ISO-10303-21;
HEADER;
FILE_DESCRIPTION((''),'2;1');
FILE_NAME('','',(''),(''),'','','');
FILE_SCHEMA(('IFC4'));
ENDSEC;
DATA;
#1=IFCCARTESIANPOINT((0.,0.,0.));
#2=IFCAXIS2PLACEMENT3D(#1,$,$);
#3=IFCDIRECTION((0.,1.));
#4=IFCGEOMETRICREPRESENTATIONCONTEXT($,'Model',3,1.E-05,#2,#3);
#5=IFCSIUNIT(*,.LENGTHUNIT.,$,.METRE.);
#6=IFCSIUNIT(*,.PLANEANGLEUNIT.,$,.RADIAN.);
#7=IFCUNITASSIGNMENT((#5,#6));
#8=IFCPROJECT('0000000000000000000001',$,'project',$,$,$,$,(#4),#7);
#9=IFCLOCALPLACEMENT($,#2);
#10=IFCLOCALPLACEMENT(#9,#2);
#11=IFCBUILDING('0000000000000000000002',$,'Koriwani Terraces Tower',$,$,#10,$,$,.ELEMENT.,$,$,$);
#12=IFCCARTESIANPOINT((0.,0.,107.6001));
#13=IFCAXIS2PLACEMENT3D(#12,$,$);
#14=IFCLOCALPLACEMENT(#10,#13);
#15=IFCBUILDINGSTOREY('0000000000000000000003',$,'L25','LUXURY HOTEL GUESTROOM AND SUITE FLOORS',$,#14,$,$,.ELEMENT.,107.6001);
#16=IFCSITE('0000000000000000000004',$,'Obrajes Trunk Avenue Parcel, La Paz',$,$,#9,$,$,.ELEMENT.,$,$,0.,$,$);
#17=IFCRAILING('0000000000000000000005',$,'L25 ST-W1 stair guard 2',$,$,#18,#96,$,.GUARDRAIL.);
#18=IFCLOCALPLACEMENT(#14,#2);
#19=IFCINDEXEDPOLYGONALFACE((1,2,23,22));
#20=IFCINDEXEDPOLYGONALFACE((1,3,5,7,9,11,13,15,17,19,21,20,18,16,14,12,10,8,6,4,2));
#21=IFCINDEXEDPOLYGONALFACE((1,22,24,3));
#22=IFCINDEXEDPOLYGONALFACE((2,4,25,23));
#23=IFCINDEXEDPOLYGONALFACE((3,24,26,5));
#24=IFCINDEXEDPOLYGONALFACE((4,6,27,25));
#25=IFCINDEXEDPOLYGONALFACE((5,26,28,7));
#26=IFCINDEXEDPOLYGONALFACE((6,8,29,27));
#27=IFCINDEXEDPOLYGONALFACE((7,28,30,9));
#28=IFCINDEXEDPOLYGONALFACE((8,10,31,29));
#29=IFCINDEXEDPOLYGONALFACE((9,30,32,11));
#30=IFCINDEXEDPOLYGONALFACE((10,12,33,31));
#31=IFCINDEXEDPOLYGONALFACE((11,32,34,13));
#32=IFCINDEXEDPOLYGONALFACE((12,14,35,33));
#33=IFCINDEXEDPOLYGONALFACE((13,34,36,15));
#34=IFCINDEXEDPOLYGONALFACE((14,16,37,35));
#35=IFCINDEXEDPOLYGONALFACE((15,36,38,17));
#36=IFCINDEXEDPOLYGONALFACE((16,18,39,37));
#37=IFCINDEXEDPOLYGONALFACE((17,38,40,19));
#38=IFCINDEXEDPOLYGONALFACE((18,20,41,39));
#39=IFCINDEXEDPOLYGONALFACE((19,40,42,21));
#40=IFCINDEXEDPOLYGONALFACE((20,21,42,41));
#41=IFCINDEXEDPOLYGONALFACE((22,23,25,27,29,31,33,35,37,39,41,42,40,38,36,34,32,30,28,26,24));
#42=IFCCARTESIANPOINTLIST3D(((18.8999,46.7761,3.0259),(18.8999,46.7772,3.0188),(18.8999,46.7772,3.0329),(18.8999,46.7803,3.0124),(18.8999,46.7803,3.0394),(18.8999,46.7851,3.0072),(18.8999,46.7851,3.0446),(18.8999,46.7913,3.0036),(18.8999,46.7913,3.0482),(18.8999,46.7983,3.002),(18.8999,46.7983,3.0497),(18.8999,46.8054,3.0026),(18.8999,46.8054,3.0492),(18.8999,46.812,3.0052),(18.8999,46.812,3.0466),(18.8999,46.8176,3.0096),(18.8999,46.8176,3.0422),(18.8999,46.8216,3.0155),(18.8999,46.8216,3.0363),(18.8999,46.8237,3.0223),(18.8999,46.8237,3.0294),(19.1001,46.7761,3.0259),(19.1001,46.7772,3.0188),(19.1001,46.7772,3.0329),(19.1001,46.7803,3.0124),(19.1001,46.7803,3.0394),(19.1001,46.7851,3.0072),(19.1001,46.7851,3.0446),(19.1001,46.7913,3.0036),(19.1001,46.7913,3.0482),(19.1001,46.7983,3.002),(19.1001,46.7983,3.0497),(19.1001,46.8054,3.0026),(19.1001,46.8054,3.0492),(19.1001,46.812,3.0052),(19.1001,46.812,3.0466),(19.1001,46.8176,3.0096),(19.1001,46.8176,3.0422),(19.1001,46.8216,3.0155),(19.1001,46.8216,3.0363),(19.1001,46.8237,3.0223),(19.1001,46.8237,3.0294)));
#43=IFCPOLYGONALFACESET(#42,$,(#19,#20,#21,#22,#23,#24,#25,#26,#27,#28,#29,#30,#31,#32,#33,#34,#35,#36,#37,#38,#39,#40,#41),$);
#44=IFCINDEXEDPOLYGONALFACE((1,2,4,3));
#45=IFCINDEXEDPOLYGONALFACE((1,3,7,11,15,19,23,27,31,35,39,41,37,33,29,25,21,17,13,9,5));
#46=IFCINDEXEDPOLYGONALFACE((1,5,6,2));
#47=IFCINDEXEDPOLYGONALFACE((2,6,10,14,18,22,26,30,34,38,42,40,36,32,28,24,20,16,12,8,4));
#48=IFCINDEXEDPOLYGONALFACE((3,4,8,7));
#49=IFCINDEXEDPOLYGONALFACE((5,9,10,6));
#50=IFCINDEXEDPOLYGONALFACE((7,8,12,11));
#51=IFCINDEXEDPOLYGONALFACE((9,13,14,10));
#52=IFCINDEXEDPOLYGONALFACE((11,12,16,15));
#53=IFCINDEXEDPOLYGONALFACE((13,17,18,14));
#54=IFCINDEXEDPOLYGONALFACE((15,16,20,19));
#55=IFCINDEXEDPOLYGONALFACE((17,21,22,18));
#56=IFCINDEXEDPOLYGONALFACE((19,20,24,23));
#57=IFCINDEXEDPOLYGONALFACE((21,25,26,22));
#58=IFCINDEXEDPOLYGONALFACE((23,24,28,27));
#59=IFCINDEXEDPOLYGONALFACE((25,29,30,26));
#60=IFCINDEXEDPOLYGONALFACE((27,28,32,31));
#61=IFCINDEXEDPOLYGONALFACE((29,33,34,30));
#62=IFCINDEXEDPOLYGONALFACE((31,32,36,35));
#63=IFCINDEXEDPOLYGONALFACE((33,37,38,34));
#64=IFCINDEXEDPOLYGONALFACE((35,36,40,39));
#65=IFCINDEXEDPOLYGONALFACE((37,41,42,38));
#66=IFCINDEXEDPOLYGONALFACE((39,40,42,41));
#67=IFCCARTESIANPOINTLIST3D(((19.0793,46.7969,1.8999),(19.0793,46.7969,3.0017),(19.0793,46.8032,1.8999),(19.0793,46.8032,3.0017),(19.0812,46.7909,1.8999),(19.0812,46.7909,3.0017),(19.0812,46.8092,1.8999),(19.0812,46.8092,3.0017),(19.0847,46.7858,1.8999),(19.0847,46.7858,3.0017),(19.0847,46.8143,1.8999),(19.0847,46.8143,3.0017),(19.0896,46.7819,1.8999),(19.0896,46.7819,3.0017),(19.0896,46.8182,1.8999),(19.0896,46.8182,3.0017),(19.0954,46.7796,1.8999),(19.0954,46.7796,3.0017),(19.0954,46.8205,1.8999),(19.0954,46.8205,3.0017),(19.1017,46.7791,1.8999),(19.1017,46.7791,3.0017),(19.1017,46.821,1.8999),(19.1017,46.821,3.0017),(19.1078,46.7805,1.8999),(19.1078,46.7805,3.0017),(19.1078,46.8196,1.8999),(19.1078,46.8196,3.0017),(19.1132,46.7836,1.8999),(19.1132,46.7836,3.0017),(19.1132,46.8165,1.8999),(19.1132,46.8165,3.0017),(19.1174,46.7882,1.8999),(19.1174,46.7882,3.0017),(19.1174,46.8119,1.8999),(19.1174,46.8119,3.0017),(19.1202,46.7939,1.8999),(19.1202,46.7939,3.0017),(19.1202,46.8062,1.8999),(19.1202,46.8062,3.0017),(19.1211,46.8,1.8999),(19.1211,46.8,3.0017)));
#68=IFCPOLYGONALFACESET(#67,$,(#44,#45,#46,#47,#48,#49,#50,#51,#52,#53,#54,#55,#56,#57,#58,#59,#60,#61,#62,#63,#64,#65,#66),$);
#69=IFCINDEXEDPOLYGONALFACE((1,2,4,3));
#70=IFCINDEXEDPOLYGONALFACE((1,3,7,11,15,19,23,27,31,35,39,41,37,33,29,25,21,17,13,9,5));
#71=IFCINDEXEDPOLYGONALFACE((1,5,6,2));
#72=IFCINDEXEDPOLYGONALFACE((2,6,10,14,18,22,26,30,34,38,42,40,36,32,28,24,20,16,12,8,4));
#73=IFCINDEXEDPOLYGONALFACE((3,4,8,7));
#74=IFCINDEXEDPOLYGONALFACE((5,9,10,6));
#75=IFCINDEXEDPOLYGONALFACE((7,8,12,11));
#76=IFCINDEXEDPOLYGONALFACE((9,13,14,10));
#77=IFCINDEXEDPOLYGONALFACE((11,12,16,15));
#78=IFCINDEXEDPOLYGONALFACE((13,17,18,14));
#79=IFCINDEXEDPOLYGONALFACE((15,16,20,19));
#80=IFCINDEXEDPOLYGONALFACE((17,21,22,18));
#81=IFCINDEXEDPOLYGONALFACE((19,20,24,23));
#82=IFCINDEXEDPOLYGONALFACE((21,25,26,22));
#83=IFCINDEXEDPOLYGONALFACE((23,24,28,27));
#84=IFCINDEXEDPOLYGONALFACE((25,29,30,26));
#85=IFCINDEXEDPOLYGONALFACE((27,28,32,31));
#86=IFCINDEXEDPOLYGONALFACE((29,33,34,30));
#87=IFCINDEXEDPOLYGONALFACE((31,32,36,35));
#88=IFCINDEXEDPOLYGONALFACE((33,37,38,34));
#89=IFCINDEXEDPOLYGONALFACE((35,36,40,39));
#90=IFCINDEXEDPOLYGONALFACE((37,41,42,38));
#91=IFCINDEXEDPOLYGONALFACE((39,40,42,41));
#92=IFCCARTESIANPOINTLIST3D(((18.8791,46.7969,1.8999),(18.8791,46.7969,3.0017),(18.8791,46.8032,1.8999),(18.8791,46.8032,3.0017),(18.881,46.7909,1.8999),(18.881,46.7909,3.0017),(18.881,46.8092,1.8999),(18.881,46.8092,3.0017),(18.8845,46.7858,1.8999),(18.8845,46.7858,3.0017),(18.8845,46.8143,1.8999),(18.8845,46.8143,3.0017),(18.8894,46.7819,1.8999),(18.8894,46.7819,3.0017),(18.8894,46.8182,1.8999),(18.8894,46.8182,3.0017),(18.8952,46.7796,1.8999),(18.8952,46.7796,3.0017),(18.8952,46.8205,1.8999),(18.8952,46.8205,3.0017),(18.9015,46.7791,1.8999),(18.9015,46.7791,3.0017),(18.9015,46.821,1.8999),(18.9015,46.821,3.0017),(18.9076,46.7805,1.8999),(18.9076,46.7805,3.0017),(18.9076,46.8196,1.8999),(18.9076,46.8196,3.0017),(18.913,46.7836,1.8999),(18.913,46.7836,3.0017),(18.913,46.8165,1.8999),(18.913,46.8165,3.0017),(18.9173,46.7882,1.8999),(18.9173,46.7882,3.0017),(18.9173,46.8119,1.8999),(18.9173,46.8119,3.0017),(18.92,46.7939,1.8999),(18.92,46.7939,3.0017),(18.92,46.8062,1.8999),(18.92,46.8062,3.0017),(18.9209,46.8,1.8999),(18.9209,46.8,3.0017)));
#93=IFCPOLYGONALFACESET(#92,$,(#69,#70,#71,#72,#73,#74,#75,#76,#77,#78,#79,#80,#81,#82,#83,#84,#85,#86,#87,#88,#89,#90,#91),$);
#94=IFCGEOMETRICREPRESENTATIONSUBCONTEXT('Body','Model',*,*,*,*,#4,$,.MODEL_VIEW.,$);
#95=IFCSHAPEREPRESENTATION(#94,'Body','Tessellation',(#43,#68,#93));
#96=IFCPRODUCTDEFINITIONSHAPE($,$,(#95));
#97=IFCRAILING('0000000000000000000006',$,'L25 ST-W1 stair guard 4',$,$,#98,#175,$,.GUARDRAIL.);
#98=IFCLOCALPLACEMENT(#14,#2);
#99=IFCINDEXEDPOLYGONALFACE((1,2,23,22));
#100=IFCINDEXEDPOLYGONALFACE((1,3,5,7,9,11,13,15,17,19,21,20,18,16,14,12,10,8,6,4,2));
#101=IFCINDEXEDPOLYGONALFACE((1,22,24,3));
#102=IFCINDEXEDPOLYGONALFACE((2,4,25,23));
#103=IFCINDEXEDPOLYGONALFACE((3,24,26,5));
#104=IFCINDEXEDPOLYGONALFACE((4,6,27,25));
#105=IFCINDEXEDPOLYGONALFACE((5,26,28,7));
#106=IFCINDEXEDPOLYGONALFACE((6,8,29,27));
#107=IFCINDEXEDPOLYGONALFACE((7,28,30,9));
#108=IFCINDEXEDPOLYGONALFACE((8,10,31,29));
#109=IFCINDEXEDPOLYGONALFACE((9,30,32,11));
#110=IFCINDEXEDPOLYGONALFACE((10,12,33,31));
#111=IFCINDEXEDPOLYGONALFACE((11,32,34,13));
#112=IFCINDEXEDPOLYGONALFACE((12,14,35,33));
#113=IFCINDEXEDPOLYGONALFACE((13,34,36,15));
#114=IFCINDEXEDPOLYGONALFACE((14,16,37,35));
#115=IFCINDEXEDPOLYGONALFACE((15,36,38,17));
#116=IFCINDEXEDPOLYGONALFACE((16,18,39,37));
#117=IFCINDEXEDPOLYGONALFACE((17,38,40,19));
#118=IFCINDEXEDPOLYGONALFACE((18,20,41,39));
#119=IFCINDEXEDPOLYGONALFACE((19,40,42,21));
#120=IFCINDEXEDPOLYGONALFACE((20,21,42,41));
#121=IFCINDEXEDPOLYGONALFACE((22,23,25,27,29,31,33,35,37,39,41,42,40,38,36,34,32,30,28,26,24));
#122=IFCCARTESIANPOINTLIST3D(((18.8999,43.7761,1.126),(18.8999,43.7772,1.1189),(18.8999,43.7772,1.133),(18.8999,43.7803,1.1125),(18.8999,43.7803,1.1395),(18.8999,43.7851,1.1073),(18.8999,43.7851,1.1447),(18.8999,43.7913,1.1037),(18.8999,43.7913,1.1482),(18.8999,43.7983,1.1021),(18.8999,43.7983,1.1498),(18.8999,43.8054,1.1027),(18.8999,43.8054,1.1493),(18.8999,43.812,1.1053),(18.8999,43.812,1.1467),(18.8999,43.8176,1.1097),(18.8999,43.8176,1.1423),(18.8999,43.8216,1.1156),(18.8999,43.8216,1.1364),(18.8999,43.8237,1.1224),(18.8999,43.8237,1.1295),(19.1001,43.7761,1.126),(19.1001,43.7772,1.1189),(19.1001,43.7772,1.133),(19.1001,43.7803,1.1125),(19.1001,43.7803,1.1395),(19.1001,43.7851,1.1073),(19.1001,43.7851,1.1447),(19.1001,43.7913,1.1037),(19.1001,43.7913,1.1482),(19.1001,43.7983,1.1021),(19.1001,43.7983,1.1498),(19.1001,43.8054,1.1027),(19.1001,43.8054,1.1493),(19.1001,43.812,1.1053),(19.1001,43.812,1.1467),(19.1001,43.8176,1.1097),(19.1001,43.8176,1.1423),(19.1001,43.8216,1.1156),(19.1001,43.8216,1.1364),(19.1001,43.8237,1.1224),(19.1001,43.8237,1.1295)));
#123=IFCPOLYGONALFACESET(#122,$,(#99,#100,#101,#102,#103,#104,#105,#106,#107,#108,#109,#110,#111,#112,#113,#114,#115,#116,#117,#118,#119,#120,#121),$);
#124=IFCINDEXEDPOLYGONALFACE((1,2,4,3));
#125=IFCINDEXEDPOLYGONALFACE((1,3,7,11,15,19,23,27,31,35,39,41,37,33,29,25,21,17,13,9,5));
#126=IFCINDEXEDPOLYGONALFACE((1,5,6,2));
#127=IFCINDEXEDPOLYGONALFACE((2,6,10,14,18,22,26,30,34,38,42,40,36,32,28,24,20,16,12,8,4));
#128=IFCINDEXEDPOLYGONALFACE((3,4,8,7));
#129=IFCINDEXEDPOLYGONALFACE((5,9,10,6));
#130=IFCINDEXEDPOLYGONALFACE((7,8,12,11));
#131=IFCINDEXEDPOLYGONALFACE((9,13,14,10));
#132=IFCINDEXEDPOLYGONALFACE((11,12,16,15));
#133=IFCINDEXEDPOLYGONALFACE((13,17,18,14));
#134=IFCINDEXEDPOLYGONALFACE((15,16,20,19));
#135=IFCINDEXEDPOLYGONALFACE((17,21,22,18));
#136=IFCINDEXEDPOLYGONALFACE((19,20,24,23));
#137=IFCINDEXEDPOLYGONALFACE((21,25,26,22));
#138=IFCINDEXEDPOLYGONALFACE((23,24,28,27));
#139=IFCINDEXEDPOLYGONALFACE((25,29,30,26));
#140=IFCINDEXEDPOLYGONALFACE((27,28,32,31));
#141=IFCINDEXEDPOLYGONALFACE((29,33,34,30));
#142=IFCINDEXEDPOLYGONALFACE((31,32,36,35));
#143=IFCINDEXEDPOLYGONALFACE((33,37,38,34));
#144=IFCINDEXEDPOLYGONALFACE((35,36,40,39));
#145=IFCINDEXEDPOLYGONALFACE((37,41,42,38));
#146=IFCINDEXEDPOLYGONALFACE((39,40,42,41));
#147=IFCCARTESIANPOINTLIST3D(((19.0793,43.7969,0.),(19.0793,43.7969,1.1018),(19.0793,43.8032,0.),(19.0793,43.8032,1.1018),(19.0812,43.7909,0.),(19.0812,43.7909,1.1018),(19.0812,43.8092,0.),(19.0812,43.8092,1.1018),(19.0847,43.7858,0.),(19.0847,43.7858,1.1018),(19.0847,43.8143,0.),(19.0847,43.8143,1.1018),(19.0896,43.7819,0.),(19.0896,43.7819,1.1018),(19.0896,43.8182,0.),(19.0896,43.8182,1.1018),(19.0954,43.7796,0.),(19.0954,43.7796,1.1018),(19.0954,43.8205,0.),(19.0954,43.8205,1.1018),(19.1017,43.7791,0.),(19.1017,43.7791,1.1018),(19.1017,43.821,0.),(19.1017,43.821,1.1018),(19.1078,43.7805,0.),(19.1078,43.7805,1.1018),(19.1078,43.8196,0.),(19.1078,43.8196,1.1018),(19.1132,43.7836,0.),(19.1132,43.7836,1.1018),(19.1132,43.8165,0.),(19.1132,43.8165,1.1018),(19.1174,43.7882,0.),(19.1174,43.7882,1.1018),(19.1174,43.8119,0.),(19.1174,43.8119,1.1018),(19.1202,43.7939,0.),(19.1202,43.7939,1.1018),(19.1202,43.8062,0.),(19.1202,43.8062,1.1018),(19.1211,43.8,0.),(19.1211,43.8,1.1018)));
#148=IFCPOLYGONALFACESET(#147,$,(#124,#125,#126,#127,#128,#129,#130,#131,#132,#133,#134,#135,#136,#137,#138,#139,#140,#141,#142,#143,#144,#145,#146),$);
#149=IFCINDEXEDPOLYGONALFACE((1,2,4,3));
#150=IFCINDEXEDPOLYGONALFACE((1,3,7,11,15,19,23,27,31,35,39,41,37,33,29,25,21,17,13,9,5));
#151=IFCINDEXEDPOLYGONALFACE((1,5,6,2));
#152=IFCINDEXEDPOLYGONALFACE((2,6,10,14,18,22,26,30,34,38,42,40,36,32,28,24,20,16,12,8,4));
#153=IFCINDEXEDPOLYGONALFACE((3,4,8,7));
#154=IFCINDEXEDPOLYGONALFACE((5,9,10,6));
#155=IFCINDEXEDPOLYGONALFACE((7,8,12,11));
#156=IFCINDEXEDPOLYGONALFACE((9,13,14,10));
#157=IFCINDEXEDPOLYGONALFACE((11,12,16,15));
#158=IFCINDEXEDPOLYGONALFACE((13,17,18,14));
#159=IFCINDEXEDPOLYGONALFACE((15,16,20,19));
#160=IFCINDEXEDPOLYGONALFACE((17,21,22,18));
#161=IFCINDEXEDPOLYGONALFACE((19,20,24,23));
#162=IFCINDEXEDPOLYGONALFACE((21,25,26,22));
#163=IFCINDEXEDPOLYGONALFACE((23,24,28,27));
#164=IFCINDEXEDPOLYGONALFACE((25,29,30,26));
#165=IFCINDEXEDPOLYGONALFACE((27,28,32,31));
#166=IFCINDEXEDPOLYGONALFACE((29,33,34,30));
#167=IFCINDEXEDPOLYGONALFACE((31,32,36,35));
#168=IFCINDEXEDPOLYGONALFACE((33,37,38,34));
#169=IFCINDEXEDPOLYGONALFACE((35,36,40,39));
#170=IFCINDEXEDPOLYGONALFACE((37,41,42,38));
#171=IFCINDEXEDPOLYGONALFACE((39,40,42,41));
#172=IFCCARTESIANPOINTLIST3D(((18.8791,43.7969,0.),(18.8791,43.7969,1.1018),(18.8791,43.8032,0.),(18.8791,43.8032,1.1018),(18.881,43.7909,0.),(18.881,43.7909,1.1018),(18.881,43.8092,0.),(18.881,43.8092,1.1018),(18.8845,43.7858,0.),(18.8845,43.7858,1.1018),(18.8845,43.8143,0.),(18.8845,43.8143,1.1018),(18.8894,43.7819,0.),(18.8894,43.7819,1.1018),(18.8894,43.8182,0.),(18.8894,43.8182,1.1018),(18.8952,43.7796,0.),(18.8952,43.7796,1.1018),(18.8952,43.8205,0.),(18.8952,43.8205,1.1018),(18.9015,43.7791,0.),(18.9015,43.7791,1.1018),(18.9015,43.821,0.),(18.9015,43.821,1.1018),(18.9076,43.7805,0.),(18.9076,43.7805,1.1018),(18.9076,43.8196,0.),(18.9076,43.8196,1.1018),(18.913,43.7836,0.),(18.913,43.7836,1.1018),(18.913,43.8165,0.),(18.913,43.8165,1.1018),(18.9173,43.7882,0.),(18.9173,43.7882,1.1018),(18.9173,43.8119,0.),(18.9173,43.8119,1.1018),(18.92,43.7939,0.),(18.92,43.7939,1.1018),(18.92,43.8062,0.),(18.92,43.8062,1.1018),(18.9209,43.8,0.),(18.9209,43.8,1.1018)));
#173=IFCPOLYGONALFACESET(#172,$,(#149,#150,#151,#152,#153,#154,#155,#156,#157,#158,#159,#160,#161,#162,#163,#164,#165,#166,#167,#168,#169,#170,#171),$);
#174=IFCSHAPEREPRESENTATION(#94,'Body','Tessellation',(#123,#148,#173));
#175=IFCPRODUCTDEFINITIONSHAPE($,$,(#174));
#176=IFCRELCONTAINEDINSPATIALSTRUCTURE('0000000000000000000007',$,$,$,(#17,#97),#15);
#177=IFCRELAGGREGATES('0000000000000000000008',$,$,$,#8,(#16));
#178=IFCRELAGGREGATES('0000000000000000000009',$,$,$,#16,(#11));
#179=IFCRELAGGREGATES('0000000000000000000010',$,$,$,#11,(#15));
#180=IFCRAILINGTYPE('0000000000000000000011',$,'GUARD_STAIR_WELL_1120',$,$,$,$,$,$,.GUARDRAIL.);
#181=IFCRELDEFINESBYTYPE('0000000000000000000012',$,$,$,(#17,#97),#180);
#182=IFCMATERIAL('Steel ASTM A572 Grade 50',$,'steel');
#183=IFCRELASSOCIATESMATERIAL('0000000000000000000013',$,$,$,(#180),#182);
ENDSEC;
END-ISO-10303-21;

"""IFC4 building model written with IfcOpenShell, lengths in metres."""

from ifc_helpers import new_model, si_unit, direction, frame, origin, origin_2d, place, context, subcontext, project, spatial, circle, extrude, material, type_object, element, save


model = new_model("IFC4")

# Units and contexts
model_context = context("Model", 3, precision=1e-05, world=origin(), true_north=direction((0.0, 1.0)))
body_context = subcontext(model_context, "Body", "Model", "MODEL_VIEW")
ifc_project = project(units=[si_unit("LENGTHUNIT", "METRE"), si_unit("PLANEANGLEUNIT", "RADIAN")], contexts=[model_context])

# Site, building, storey
site_placement = place(None, origin())
site = spatial("IfcSite", under=ifc_project, at=site_placement, Name="Obrajes Trunk Avenue Parcel, La Paz", CompositionType="ELEMENT", RefElevation=0.0)
building_placement = place(site_placement, origin())
building = spatial("IfcBuilding", under=site, at=building_placement, Name="Koriwani Terraces Tower", CompositionType="ELEMENT")
storey_placement = place(building_placement, frame((0.0, 0.0, 107.6001)))
storey = spatial("IfcBuildingStorey", under=building, at=storey_placement, Name="L25", Description="LUXURY HOTEL GUESTROOM AND SUITE FLOORS", CompositionType="ELEMENT", Elevation=107.6001)

# Shared definitions
ifc_material_1 = material(Name="Steel ASTM A572 Grade 50", Category="steel")

# Railings
railing_type_1 = type_object("IfcRailingType", Name="GUARD_STAIR_WELL_1120", PredefinedType="GUARDRAIL", material=ifc_material_1)
for number, where, name in (
    (1, (19.1001, 46.8, 1.8999), "L25 ST-W1 stair guard 2"),
    (2, (19.1001, 43.8, 0.0), "L25 ST-W1 stair guard 4"),
):
    element("IfcRailing", number, at=place(storey_placement, frame(where)), inside=storey, type_object=railing_type_1, Name=name, PredefinedType="GUARDRAIL", context=body_context, shape_type="SweptSolid", body=[
        extrude(circle(Radius=0.0239, at=origin_2d()), frame((0.0, 0.0, 1.126), z_axis=(-1.0, 0.0, 0.0), x_axis=(0.0, -1.0, 0.0)), (0.0, 0.0, 1.0), 0.2002),
        extrude(circle(Radius=0.021, at=origin_2d()), origin(), (0.0, 0.0, 1.0), 1.1018),
        extrude(circle(Radius=0.021, at=origin_2d()), frame((-0.2002, 0.0, 0.0)), (0.0, 0.0, 1.0), 1.1018),
    ])

save(model, "model.ifc")
